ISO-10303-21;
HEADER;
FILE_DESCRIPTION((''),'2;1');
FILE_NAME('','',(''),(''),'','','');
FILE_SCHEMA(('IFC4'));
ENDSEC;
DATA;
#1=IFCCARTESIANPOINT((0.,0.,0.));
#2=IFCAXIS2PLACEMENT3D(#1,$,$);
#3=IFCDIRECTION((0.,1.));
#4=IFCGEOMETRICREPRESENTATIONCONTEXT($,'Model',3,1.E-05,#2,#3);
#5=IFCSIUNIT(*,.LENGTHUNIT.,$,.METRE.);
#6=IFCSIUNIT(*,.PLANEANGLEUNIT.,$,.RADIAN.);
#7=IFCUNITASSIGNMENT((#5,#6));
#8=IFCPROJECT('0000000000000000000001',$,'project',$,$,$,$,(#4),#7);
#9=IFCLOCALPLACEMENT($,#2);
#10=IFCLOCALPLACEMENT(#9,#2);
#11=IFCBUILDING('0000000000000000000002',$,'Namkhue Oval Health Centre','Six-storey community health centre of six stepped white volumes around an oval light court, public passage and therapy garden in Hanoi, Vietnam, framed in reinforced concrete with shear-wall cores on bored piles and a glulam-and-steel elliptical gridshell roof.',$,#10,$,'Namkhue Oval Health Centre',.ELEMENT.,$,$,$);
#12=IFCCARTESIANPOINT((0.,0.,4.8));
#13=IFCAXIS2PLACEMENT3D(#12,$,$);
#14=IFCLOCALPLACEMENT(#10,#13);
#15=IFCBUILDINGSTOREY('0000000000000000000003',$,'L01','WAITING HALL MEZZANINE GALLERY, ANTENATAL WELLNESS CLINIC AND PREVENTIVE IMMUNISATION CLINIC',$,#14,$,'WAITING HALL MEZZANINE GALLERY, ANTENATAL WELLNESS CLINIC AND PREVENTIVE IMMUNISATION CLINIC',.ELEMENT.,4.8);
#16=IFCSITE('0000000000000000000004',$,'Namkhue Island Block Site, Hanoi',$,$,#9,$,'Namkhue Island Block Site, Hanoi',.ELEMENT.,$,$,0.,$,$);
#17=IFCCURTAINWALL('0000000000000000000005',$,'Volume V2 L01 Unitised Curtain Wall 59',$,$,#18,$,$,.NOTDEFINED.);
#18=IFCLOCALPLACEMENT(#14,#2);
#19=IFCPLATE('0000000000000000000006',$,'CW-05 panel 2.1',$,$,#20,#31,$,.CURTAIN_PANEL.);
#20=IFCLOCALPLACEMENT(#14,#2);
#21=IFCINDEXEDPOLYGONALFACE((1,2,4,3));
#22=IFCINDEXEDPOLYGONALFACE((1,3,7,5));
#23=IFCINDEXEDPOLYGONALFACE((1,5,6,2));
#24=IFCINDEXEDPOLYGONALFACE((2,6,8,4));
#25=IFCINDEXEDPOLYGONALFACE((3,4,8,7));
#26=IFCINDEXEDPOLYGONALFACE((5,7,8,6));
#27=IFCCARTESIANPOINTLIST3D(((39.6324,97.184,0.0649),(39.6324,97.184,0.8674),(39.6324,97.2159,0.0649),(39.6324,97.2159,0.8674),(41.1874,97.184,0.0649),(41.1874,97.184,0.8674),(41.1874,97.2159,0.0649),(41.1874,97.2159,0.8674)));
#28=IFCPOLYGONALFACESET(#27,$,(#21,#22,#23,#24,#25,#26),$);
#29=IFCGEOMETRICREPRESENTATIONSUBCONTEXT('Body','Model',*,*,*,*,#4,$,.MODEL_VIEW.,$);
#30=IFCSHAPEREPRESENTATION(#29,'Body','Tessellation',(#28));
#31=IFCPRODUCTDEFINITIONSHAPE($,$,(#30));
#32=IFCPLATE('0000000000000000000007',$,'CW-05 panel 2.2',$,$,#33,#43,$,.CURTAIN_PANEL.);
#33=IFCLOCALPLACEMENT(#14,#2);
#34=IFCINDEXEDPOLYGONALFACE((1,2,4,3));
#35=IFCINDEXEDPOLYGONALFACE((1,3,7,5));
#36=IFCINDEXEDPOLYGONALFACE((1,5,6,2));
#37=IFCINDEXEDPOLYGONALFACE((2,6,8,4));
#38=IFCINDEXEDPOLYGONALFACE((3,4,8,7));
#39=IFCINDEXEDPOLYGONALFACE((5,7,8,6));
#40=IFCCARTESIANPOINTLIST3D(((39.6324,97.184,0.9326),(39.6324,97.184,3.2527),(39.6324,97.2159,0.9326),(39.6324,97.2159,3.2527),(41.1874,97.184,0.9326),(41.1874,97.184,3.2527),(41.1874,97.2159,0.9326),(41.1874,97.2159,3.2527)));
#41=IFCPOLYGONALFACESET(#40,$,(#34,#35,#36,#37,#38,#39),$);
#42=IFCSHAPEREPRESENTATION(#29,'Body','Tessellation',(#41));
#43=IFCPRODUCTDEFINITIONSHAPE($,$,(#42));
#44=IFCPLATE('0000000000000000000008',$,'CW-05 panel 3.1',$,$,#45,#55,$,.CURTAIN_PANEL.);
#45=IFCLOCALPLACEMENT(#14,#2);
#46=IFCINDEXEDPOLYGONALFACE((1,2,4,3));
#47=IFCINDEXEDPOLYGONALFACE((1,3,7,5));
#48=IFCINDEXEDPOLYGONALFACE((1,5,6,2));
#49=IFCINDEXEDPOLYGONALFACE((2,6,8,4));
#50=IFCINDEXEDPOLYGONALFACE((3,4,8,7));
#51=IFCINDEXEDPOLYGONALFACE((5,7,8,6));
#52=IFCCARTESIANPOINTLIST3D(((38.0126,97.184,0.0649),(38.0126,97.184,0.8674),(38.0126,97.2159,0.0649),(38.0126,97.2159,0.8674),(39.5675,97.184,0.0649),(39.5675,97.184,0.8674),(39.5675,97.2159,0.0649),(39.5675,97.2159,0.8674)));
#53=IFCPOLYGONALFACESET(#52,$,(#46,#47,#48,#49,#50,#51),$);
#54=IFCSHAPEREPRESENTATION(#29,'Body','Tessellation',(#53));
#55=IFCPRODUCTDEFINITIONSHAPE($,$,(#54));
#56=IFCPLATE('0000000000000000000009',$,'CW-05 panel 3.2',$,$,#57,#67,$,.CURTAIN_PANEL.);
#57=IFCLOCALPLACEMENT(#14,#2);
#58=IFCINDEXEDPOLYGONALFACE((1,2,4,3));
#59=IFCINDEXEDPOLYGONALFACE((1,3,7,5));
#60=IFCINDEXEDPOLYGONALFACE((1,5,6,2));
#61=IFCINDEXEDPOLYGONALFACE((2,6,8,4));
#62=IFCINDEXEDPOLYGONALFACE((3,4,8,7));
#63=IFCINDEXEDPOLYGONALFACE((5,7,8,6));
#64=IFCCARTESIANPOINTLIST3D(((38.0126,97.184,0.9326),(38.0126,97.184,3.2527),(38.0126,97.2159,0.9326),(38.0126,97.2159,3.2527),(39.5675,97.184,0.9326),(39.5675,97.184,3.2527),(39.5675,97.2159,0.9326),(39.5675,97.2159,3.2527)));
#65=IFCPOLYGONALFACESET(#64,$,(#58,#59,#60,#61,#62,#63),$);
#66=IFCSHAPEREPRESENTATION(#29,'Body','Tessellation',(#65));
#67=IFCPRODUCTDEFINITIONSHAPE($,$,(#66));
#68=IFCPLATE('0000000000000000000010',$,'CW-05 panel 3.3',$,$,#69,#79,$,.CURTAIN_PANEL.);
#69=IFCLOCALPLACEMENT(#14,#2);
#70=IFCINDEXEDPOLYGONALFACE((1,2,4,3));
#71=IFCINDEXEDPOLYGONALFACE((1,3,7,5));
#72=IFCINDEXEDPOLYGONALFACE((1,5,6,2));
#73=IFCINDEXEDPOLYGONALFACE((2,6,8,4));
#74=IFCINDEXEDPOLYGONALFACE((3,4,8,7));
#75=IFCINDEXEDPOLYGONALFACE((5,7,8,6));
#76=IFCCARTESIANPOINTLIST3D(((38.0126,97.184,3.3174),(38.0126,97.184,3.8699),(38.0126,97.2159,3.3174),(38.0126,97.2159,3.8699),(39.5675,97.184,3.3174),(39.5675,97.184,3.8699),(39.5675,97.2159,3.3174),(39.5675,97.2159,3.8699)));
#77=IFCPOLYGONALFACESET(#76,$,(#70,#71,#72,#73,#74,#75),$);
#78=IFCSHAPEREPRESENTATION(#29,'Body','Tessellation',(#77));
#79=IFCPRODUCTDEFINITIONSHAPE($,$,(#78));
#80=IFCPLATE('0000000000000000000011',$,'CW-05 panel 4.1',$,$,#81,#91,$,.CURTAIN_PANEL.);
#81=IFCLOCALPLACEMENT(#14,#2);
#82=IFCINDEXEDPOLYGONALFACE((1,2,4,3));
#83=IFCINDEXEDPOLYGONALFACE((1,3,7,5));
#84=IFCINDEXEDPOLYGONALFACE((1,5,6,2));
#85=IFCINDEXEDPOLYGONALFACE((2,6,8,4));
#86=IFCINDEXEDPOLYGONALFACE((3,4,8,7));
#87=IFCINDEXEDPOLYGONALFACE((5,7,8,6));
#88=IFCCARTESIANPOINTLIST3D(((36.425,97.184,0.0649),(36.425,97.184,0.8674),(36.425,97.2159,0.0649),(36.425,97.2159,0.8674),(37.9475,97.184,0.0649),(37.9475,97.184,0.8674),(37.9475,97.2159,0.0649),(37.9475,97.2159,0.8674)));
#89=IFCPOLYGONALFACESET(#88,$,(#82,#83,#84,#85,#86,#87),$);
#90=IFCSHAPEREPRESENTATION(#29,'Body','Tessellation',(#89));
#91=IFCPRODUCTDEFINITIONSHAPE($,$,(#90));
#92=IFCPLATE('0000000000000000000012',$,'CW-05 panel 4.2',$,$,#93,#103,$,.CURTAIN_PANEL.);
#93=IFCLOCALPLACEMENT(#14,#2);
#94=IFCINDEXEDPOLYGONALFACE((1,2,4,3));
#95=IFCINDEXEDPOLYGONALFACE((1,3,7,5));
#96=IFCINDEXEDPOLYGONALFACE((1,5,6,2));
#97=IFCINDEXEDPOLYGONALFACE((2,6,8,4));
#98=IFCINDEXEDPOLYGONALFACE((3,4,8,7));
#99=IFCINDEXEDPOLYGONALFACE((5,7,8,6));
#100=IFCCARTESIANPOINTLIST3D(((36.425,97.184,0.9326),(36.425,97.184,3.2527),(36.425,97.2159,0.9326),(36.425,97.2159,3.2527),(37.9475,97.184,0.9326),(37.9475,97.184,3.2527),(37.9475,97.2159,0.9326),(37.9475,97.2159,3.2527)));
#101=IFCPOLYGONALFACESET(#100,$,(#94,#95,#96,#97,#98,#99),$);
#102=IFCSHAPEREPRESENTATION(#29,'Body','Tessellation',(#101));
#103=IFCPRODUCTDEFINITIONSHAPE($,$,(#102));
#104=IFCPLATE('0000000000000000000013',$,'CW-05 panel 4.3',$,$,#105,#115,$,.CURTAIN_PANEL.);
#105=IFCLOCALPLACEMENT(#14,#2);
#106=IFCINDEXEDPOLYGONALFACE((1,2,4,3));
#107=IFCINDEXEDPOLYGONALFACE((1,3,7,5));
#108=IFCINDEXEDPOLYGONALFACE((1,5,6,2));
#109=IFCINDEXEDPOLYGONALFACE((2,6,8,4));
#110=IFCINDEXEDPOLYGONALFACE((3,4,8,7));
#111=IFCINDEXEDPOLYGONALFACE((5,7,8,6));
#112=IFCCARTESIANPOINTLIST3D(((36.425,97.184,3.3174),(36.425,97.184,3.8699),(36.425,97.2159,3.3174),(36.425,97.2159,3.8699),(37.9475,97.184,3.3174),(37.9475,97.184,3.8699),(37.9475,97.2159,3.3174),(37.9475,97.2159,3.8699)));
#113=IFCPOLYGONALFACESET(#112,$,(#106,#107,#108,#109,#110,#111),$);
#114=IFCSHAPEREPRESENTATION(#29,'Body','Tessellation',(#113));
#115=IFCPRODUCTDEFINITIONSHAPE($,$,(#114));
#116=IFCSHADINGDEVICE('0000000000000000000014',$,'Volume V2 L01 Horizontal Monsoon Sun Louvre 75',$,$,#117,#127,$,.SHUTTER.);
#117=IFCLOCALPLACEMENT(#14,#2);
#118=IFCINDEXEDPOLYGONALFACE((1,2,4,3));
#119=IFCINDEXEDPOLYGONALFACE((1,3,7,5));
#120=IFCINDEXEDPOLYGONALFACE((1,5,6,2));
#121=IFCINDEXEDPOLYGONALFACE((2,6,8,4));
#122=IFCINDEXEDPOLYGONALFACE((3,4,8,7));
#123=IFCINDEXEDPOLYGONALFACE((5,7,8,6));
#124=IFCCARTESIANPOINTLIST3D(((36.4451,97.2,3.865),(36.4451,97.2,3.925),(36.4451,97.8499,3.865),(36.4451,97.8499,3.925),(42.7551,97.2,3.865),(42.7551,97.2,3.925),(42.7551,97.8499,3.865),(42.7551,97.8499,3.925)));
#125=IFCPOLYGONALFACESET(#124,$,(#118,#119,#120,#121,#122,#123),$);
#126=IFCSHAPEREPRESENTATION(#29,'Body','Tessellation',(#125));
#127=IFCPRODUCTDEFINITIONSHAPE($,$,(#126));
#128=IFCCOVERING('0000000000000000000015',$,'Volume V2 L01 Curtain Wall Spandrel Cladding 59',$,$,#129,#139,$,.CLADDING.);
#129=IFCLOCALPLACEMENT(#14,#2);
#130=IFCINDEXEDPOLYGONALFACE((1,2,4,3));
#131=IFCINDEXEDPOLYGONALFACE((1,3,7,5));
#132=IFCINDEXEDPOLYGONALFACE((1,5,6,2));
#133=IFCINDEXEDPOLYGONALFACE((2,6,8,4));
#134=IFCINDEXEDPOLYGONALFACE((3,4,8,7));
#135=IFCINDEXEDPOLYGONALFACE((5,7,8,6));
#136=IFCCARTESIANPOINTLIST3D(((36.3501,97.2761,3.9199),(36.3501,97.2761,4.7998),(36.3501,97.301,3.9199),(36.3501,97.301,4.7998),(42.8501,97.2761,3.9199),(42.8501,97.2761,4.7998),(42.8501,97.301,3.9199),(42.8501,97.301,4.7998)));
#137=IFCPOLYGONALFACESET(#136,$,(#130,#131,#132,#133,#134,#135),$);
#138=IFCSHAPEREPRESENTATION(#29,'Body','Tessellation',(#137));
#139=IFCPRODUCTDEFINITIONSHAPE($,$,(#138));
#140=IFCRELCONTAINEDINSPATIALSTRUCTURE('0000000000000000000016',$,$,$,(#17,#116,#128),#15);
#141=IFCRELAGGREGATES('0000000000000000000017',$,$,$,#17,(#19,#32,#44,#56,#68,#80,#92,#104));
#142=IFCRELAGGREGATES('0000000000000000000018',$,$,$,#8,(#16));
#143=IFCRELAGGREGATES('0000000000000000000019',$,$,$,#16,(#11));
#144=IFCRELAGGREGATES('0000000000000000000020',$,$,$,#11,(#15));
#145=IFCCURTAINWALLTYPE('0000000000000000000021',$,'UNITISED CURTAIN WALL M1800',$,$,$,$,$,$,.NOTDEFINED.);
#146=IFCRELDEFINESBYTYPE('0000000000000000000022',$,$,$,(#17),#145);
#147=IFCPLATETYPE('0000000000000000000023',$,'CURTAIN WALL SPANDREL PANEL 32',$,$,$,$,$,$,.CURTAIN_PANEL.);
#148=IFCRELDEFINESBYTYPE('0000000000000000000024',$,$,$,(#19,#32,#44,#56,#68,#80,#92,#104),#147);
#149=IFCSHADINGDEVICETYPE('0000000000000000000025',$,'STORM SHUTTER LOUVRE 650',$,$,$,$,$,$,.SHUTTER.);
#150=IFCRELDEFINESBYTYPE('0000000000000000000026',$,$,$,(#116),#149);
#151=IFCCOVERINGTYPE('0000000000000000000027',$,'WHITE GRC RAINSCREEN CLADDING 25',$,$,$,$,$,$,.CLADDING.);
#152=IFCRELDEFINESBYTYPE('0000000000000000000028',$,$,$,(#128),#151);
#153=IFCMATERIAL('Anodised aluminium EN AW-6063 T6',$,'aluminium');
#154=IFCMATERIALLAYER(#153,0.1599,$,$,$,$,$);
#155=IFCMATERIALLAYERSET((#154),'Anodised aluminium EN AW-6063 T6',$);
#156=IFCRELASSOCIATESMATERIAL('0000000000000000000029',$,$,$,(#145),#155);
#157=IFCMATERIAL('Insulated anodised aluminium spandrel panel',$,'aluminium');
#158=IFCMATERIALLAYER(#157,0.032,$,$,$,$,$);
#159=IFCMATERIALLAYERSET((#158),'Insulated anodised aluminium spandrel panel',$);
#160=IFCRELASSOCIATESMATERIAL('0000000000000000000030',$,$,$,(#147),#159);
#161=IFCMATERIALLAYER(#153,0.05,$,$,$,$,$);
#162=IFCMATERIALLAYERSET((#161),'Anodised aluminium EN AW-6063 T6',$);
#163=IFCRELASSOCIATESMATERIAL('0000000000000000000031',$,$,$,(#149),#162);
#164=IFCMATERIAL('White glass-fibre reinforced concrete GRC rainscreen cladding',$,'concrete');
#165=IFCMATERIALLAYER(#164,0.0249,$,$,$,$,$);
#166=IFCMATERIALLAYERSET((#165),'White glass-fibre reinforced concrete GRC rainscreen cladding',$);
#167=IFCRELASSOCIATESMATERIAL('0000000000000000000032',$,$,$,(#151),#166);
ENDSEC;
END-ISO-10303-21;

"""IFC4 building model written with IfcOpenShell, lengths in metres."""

from ifc_helpers import new_model, si_unit, direction, frame, origin, origin_2d, place, context, subcontext, project, spatial, rectangle, extrude, material, layer, layer_set, type_object, element, aggregate, save


model = new_model("IFC4")

# Units and contexts
model_context = context("Model", 3, precision=1e-05, world=origin(), true_north=direction((0.0, 1.0)))
body_context = subcontext(model_context, "Body", "Model", "MODEL_VIEW")
ifc_project = project(units=[si_unit("LENGTHUNIT", "METRE"), si_unit("PLANEANGLEUNIT", "RADIAN")], contexts=[model_context])

# Site, building, storey
site_placement = place(None, origin())
site = spatial("IfcSite", under=ifc_project, at=site_placement, Name="Namkhue Island Block Site, Hanoi", LongName="Namkhue Island Block Site, Hanoi", CompositionType="ELEMENT", RefElevation=0.0)
building_placement = place(site_placement, origin())
building = spatial("IfcBuilding", under=site, at=building_placement, Name="Namkhue Oval Health Centre", Description="Six-storey community health centre of six stepped white volumes around an oval light court, public passage and therapy garden in Hanoi, Vietnam, framed in reinforced concrete with shear-wall cores on bored piles and a glulam-and-steel elliptical gridshell roof.", LongName="Namkhue Oval Health Centre", CompositionType="ELEMENT")
storey_placement = place(building_placement, frame((0.0, 0.0, 4.8)))
storey = spatial("IfcBuildingStorey", under=building, at=storey_placement, Name="L01", Description="WAITING HALL MEZZANINE GALLERY, ANTENATAL WELLNESS CLINIC AND PREVENTIVE IMMUNISATION CLINIC", LongName="WAITING HALL MEZZANINE GALLERY, ANTENATAL WELLNESS CLINIC AND PREVENTIVE IMMUNISATION CLINIC", CompositionType="ELEMENT", Elevation=4.8)

# Curtain wall
ifc_material_1 = material(Name="Anodised aluminium EN AW-6063 T6", Category="aluminium")
ifc_layer_1 = layer(ifc_material_1, 0.1599)
ifc_layer_set_1 = layer_set([ifc_layer_1], Name="Anodised aluminium EN AW-6063 T6")
curtain_wall_type = type_object("IfcCurtainWallType", Name="UNITISED CURTAIN WALL M1800", PredefinedType="NOTDEFINED", material=ifc_layer_set_1)
curtain_wall_1_placement = place(storey_placement, origin())
curtain_wall_1 = element("IfcCurtainWall", 1, at=curtain_wall_1_placement, inside=storey, type_object=curtain_wall_type, Name="Volume V2 L01 Unitised Curtain Wall 59", PredefinedType="NOTDEFINED")

# Plates
ifc_material_2 = material(Name="Insulated anodised aluminium spandrel panel", Category="aluminium")
ifc_layer_2 = layer(ifc_material_2, 0.032)
ifc_layer_set_2 = layer_set([ifc_layer_2], Name="Insulated anodised aluminium spandrel panel")
plate_type = type_object("IfcPlateType", Name="CURTAIN WALL SPANDREL PANEL 32", PredefinedType="CURTAIN_PANEL", material=ifc_layer_set_2)
plate_1_placement = place(storey_placement, frame((40.4099, 97.2, 0.0649), z_axis=(0.0, 0.0, 1.0), x_axis=(-1.0, 0.0, 0.0)))
plate_1 = element("IfcPlate", 2, at=plate_1_placement, type_object=plate_type, Name="CW-05 panel 2.1", PredefinedType="CURTAIN_PANEL", context=body_context, shape_type="SweptSolid", body=[
    extrude(rectangle(XDim=1.5549, YDim=0.032, at=origin_2d()), origin(), (0.0, 0.0, 1.0), 0.8025),
])
plate_2_placement = place(storey_placement, frame((40.4099, 97.2, 0.9326), z_axis=(0.0, 0.0, 1.0), x_axis=(-1.0, 0.0, 0.0)))
plate_2 = element("IfcPlate", 3, at=plate_2_placement, type_object=plate_type, Name="CW-05 panel 2.2", PredefinedType="CURTAIN_PANEL", context=body_context, shape_type="SweptSolid", body=[
    extrude(rectangle(XDim=1.5549, YDim=0.032, at=origin_2d()), origin(), (0.0, 0.0, 1.0), 2.3201),
])
plate_3_placement = place(storey_placement, frame((38.79, 97.2, 0.0649), z_axis=(0.0, 0.0, 1.0), x_axis=(-1.0, 0.0, 0.0)))
plate_3 = element("IfcPlate", 4, at=plate_3_placement, type_object=plate_type, Name="CW-05 panel 3.1", PredefinedType="CURTAIN_PANEL", context=body_context, shape_type="SweptSolid", body=[
    extrude(rectangle(XDim=1.5549, YDim=0.032, at=origin_2d()), origin(), (0.0, 0.0, 1.0), 0.8025),
])
plate_4_placement = place(storey_placement, frame((38.79, 97.2, 0.9326), z_axis=(0.0, 0.0, 1.0), x_axis=(-1.0, 0.0, 0.0)))
plate_4 = element("IfcPlate", 5, at=plate_4_placement, type_object=plate_type, Name="CW-05 panel 3.2", PredefinedType="CURTAIN_PANEL", context=body_context, shape_type="SweptSolid", body=[
    extrude(rectangle(XDim=1.5549, YDim=0.032, at=origin_2d()), origin(), (0.0, 0.0, 1.0), 2.3201),
])
plate_5_placement = place(storey_placement, frame((38.79, 97.2, 3.3174), z_axis=(0.0, 0.0, 1.0), x_axis=(-1.0, 0.0, 0.0)))
plate_5 = element("IfcPlate", 6, at=plate_5_placement, type_object=plate_type, Name="CW-05 panel 3.3", PredefinedType="CURTAIN_PANEL", context=body_context, shape_type="SweptSolid", body=[
    extrude(rectangle(XDim=1.5549, YDim=0.032, at=origin_2d()), origin(), (0.0, 0.0, 1.0), 0.5525),
])
plate_6_placement = place(storey_placement, frame((37.1863, 97.2, 0.0649), z_axis=(0.0, 0.0, 1.0), x_axis=(-1.0, 0.0, 0.0)))
plate_6 = element("IfcPlate", 7, at=plate_6_placement, type_object=plate_type, Name="CW-05 panel 4.1", PredefinedType="CURTAIN_PANEL", context=body_context, shape_type="SweptSolid", body=[
    extrude(rectangle(XDim=1.5225, YDim=0.032, at=origin_2d()), origin(), (0.0, 0.0, 1.0), 0.8025),
])
plate_7_placement = place(storey_placement, frame((37.1863, 97.2, 0.9326), z_axis=(0.0, 0.0, 1.0), x_axis=(-1.0, 0.0, 0.0)))
plate_7 = element("IfcPlate", 8, at=plate_7_placement, type_object=plate_type, Name="CW-05 panel 4.2", PredefinedType="CURTAIN_PANEL", context=body_context, shape_type="SweptSolid", body=[
    extrude(rectangle(XDim=1.5225, YDim=0.032, at=origin_2d()), origin(), (0.0, 0.0, 1.0), 2.3201),
])
plate_8_placement = place(storey_placement, frame((37.1863, 97.2, 3.3174), z_axis=(0.0, 0.0, 1.0), x_axis=(-1.0, 0.0, 0.0)))
plate_8 = element("IfcPlate", 9, at=plate_8_placement, type_object=plate_type, Name="CW-05 panel 4.3", PredefinedType="CURTAIN_PANEL", context=body_context, shape_type="SweptSolid", body=[
    extrude(rectangle(XDim=1.5225, YDim=0.032, at=origin_2d()), origin(), (0.0, 0.0, 1.0), 0.5525),
])
aggregate(curtain_wall_1, [plate_1, plate_2, plate_3, plate_4, plate_5, plate_6, plate_7, plate_8])

# Shading device
ifc_layer_3 = layer(ifc_material_1, 0.05)
ifc_layer_set_3 = layer_set([ifc_layer_3], Name="Anodised aluminium EN AW-6063 T6")
shading_device_type = type_object("IfcShadingDeviceType", Name="STORM SHUTTER LOUVRE 650", PredefinedType="SHUTTER", material=ifc_layer_set_3)
shading_device_placement = place(storey_placement, frame((39.6001, 97.5249, 3.865), z_axis=(0.0, 0.0, 1.0), x_axis=(-1.0, 0.0, 0.0)))
element("IfcShadingDevice", 10, at=shading_device_placement, inside=storey, type_object=shading_device_type, Name="Volume V2 L01 Horizontal Monsoon Sun Louvre 75", PredefinedType="SHUTTER", context=body_context, shape_type="SweptSolid", body=[
    extrude(rectangle(XDim=6.3101, YDim=0.6499, at=origin_2d()), origin(), (0.0, 0.0, 1.0), 0.0601),
])

# Covering
ifc_material_3 = material(Name="White glass-fibre reinforced concrete GRC rainscreen cladding", Category="concrete")
ifc_layer_4 = layer(ifc_material_3, 0.0249)
ifc_layer_set_4 = layer_set([ifc_layer_4], Name="White glass-fibre reinforced concrete GRC rainscreen cladding")
covering_type = type_object("IfcCoveringType", Name="WHITE GRC RAINSCREEN CLADDING 25", PredefinedType="CLADDING", material=ifc_layer_set_4)
covering_placement = place(storey_placement, frame((39.6001, 97.2886, 3.9199), z_axis=(0.0, 0.0, 1.0), x_axis=(-1.0, 0.0, 0.0)))
element("IfcCovering", 11, at=covering_placement, inside=storey, type_object=covering_type, Name="Volume V2 L01 Curtain Wall Spandrel Cladding 59", PredefinedType="CLADDING", context=body_context, shape_type="SweptSolid", body=[
    extrude(rectangle(XDim=6.5, YDim=0.0249, at=origin_2d()), origin(), (0.0, 0.0, 1.0), 0.8799),
])

save(model, "model.ifc")
